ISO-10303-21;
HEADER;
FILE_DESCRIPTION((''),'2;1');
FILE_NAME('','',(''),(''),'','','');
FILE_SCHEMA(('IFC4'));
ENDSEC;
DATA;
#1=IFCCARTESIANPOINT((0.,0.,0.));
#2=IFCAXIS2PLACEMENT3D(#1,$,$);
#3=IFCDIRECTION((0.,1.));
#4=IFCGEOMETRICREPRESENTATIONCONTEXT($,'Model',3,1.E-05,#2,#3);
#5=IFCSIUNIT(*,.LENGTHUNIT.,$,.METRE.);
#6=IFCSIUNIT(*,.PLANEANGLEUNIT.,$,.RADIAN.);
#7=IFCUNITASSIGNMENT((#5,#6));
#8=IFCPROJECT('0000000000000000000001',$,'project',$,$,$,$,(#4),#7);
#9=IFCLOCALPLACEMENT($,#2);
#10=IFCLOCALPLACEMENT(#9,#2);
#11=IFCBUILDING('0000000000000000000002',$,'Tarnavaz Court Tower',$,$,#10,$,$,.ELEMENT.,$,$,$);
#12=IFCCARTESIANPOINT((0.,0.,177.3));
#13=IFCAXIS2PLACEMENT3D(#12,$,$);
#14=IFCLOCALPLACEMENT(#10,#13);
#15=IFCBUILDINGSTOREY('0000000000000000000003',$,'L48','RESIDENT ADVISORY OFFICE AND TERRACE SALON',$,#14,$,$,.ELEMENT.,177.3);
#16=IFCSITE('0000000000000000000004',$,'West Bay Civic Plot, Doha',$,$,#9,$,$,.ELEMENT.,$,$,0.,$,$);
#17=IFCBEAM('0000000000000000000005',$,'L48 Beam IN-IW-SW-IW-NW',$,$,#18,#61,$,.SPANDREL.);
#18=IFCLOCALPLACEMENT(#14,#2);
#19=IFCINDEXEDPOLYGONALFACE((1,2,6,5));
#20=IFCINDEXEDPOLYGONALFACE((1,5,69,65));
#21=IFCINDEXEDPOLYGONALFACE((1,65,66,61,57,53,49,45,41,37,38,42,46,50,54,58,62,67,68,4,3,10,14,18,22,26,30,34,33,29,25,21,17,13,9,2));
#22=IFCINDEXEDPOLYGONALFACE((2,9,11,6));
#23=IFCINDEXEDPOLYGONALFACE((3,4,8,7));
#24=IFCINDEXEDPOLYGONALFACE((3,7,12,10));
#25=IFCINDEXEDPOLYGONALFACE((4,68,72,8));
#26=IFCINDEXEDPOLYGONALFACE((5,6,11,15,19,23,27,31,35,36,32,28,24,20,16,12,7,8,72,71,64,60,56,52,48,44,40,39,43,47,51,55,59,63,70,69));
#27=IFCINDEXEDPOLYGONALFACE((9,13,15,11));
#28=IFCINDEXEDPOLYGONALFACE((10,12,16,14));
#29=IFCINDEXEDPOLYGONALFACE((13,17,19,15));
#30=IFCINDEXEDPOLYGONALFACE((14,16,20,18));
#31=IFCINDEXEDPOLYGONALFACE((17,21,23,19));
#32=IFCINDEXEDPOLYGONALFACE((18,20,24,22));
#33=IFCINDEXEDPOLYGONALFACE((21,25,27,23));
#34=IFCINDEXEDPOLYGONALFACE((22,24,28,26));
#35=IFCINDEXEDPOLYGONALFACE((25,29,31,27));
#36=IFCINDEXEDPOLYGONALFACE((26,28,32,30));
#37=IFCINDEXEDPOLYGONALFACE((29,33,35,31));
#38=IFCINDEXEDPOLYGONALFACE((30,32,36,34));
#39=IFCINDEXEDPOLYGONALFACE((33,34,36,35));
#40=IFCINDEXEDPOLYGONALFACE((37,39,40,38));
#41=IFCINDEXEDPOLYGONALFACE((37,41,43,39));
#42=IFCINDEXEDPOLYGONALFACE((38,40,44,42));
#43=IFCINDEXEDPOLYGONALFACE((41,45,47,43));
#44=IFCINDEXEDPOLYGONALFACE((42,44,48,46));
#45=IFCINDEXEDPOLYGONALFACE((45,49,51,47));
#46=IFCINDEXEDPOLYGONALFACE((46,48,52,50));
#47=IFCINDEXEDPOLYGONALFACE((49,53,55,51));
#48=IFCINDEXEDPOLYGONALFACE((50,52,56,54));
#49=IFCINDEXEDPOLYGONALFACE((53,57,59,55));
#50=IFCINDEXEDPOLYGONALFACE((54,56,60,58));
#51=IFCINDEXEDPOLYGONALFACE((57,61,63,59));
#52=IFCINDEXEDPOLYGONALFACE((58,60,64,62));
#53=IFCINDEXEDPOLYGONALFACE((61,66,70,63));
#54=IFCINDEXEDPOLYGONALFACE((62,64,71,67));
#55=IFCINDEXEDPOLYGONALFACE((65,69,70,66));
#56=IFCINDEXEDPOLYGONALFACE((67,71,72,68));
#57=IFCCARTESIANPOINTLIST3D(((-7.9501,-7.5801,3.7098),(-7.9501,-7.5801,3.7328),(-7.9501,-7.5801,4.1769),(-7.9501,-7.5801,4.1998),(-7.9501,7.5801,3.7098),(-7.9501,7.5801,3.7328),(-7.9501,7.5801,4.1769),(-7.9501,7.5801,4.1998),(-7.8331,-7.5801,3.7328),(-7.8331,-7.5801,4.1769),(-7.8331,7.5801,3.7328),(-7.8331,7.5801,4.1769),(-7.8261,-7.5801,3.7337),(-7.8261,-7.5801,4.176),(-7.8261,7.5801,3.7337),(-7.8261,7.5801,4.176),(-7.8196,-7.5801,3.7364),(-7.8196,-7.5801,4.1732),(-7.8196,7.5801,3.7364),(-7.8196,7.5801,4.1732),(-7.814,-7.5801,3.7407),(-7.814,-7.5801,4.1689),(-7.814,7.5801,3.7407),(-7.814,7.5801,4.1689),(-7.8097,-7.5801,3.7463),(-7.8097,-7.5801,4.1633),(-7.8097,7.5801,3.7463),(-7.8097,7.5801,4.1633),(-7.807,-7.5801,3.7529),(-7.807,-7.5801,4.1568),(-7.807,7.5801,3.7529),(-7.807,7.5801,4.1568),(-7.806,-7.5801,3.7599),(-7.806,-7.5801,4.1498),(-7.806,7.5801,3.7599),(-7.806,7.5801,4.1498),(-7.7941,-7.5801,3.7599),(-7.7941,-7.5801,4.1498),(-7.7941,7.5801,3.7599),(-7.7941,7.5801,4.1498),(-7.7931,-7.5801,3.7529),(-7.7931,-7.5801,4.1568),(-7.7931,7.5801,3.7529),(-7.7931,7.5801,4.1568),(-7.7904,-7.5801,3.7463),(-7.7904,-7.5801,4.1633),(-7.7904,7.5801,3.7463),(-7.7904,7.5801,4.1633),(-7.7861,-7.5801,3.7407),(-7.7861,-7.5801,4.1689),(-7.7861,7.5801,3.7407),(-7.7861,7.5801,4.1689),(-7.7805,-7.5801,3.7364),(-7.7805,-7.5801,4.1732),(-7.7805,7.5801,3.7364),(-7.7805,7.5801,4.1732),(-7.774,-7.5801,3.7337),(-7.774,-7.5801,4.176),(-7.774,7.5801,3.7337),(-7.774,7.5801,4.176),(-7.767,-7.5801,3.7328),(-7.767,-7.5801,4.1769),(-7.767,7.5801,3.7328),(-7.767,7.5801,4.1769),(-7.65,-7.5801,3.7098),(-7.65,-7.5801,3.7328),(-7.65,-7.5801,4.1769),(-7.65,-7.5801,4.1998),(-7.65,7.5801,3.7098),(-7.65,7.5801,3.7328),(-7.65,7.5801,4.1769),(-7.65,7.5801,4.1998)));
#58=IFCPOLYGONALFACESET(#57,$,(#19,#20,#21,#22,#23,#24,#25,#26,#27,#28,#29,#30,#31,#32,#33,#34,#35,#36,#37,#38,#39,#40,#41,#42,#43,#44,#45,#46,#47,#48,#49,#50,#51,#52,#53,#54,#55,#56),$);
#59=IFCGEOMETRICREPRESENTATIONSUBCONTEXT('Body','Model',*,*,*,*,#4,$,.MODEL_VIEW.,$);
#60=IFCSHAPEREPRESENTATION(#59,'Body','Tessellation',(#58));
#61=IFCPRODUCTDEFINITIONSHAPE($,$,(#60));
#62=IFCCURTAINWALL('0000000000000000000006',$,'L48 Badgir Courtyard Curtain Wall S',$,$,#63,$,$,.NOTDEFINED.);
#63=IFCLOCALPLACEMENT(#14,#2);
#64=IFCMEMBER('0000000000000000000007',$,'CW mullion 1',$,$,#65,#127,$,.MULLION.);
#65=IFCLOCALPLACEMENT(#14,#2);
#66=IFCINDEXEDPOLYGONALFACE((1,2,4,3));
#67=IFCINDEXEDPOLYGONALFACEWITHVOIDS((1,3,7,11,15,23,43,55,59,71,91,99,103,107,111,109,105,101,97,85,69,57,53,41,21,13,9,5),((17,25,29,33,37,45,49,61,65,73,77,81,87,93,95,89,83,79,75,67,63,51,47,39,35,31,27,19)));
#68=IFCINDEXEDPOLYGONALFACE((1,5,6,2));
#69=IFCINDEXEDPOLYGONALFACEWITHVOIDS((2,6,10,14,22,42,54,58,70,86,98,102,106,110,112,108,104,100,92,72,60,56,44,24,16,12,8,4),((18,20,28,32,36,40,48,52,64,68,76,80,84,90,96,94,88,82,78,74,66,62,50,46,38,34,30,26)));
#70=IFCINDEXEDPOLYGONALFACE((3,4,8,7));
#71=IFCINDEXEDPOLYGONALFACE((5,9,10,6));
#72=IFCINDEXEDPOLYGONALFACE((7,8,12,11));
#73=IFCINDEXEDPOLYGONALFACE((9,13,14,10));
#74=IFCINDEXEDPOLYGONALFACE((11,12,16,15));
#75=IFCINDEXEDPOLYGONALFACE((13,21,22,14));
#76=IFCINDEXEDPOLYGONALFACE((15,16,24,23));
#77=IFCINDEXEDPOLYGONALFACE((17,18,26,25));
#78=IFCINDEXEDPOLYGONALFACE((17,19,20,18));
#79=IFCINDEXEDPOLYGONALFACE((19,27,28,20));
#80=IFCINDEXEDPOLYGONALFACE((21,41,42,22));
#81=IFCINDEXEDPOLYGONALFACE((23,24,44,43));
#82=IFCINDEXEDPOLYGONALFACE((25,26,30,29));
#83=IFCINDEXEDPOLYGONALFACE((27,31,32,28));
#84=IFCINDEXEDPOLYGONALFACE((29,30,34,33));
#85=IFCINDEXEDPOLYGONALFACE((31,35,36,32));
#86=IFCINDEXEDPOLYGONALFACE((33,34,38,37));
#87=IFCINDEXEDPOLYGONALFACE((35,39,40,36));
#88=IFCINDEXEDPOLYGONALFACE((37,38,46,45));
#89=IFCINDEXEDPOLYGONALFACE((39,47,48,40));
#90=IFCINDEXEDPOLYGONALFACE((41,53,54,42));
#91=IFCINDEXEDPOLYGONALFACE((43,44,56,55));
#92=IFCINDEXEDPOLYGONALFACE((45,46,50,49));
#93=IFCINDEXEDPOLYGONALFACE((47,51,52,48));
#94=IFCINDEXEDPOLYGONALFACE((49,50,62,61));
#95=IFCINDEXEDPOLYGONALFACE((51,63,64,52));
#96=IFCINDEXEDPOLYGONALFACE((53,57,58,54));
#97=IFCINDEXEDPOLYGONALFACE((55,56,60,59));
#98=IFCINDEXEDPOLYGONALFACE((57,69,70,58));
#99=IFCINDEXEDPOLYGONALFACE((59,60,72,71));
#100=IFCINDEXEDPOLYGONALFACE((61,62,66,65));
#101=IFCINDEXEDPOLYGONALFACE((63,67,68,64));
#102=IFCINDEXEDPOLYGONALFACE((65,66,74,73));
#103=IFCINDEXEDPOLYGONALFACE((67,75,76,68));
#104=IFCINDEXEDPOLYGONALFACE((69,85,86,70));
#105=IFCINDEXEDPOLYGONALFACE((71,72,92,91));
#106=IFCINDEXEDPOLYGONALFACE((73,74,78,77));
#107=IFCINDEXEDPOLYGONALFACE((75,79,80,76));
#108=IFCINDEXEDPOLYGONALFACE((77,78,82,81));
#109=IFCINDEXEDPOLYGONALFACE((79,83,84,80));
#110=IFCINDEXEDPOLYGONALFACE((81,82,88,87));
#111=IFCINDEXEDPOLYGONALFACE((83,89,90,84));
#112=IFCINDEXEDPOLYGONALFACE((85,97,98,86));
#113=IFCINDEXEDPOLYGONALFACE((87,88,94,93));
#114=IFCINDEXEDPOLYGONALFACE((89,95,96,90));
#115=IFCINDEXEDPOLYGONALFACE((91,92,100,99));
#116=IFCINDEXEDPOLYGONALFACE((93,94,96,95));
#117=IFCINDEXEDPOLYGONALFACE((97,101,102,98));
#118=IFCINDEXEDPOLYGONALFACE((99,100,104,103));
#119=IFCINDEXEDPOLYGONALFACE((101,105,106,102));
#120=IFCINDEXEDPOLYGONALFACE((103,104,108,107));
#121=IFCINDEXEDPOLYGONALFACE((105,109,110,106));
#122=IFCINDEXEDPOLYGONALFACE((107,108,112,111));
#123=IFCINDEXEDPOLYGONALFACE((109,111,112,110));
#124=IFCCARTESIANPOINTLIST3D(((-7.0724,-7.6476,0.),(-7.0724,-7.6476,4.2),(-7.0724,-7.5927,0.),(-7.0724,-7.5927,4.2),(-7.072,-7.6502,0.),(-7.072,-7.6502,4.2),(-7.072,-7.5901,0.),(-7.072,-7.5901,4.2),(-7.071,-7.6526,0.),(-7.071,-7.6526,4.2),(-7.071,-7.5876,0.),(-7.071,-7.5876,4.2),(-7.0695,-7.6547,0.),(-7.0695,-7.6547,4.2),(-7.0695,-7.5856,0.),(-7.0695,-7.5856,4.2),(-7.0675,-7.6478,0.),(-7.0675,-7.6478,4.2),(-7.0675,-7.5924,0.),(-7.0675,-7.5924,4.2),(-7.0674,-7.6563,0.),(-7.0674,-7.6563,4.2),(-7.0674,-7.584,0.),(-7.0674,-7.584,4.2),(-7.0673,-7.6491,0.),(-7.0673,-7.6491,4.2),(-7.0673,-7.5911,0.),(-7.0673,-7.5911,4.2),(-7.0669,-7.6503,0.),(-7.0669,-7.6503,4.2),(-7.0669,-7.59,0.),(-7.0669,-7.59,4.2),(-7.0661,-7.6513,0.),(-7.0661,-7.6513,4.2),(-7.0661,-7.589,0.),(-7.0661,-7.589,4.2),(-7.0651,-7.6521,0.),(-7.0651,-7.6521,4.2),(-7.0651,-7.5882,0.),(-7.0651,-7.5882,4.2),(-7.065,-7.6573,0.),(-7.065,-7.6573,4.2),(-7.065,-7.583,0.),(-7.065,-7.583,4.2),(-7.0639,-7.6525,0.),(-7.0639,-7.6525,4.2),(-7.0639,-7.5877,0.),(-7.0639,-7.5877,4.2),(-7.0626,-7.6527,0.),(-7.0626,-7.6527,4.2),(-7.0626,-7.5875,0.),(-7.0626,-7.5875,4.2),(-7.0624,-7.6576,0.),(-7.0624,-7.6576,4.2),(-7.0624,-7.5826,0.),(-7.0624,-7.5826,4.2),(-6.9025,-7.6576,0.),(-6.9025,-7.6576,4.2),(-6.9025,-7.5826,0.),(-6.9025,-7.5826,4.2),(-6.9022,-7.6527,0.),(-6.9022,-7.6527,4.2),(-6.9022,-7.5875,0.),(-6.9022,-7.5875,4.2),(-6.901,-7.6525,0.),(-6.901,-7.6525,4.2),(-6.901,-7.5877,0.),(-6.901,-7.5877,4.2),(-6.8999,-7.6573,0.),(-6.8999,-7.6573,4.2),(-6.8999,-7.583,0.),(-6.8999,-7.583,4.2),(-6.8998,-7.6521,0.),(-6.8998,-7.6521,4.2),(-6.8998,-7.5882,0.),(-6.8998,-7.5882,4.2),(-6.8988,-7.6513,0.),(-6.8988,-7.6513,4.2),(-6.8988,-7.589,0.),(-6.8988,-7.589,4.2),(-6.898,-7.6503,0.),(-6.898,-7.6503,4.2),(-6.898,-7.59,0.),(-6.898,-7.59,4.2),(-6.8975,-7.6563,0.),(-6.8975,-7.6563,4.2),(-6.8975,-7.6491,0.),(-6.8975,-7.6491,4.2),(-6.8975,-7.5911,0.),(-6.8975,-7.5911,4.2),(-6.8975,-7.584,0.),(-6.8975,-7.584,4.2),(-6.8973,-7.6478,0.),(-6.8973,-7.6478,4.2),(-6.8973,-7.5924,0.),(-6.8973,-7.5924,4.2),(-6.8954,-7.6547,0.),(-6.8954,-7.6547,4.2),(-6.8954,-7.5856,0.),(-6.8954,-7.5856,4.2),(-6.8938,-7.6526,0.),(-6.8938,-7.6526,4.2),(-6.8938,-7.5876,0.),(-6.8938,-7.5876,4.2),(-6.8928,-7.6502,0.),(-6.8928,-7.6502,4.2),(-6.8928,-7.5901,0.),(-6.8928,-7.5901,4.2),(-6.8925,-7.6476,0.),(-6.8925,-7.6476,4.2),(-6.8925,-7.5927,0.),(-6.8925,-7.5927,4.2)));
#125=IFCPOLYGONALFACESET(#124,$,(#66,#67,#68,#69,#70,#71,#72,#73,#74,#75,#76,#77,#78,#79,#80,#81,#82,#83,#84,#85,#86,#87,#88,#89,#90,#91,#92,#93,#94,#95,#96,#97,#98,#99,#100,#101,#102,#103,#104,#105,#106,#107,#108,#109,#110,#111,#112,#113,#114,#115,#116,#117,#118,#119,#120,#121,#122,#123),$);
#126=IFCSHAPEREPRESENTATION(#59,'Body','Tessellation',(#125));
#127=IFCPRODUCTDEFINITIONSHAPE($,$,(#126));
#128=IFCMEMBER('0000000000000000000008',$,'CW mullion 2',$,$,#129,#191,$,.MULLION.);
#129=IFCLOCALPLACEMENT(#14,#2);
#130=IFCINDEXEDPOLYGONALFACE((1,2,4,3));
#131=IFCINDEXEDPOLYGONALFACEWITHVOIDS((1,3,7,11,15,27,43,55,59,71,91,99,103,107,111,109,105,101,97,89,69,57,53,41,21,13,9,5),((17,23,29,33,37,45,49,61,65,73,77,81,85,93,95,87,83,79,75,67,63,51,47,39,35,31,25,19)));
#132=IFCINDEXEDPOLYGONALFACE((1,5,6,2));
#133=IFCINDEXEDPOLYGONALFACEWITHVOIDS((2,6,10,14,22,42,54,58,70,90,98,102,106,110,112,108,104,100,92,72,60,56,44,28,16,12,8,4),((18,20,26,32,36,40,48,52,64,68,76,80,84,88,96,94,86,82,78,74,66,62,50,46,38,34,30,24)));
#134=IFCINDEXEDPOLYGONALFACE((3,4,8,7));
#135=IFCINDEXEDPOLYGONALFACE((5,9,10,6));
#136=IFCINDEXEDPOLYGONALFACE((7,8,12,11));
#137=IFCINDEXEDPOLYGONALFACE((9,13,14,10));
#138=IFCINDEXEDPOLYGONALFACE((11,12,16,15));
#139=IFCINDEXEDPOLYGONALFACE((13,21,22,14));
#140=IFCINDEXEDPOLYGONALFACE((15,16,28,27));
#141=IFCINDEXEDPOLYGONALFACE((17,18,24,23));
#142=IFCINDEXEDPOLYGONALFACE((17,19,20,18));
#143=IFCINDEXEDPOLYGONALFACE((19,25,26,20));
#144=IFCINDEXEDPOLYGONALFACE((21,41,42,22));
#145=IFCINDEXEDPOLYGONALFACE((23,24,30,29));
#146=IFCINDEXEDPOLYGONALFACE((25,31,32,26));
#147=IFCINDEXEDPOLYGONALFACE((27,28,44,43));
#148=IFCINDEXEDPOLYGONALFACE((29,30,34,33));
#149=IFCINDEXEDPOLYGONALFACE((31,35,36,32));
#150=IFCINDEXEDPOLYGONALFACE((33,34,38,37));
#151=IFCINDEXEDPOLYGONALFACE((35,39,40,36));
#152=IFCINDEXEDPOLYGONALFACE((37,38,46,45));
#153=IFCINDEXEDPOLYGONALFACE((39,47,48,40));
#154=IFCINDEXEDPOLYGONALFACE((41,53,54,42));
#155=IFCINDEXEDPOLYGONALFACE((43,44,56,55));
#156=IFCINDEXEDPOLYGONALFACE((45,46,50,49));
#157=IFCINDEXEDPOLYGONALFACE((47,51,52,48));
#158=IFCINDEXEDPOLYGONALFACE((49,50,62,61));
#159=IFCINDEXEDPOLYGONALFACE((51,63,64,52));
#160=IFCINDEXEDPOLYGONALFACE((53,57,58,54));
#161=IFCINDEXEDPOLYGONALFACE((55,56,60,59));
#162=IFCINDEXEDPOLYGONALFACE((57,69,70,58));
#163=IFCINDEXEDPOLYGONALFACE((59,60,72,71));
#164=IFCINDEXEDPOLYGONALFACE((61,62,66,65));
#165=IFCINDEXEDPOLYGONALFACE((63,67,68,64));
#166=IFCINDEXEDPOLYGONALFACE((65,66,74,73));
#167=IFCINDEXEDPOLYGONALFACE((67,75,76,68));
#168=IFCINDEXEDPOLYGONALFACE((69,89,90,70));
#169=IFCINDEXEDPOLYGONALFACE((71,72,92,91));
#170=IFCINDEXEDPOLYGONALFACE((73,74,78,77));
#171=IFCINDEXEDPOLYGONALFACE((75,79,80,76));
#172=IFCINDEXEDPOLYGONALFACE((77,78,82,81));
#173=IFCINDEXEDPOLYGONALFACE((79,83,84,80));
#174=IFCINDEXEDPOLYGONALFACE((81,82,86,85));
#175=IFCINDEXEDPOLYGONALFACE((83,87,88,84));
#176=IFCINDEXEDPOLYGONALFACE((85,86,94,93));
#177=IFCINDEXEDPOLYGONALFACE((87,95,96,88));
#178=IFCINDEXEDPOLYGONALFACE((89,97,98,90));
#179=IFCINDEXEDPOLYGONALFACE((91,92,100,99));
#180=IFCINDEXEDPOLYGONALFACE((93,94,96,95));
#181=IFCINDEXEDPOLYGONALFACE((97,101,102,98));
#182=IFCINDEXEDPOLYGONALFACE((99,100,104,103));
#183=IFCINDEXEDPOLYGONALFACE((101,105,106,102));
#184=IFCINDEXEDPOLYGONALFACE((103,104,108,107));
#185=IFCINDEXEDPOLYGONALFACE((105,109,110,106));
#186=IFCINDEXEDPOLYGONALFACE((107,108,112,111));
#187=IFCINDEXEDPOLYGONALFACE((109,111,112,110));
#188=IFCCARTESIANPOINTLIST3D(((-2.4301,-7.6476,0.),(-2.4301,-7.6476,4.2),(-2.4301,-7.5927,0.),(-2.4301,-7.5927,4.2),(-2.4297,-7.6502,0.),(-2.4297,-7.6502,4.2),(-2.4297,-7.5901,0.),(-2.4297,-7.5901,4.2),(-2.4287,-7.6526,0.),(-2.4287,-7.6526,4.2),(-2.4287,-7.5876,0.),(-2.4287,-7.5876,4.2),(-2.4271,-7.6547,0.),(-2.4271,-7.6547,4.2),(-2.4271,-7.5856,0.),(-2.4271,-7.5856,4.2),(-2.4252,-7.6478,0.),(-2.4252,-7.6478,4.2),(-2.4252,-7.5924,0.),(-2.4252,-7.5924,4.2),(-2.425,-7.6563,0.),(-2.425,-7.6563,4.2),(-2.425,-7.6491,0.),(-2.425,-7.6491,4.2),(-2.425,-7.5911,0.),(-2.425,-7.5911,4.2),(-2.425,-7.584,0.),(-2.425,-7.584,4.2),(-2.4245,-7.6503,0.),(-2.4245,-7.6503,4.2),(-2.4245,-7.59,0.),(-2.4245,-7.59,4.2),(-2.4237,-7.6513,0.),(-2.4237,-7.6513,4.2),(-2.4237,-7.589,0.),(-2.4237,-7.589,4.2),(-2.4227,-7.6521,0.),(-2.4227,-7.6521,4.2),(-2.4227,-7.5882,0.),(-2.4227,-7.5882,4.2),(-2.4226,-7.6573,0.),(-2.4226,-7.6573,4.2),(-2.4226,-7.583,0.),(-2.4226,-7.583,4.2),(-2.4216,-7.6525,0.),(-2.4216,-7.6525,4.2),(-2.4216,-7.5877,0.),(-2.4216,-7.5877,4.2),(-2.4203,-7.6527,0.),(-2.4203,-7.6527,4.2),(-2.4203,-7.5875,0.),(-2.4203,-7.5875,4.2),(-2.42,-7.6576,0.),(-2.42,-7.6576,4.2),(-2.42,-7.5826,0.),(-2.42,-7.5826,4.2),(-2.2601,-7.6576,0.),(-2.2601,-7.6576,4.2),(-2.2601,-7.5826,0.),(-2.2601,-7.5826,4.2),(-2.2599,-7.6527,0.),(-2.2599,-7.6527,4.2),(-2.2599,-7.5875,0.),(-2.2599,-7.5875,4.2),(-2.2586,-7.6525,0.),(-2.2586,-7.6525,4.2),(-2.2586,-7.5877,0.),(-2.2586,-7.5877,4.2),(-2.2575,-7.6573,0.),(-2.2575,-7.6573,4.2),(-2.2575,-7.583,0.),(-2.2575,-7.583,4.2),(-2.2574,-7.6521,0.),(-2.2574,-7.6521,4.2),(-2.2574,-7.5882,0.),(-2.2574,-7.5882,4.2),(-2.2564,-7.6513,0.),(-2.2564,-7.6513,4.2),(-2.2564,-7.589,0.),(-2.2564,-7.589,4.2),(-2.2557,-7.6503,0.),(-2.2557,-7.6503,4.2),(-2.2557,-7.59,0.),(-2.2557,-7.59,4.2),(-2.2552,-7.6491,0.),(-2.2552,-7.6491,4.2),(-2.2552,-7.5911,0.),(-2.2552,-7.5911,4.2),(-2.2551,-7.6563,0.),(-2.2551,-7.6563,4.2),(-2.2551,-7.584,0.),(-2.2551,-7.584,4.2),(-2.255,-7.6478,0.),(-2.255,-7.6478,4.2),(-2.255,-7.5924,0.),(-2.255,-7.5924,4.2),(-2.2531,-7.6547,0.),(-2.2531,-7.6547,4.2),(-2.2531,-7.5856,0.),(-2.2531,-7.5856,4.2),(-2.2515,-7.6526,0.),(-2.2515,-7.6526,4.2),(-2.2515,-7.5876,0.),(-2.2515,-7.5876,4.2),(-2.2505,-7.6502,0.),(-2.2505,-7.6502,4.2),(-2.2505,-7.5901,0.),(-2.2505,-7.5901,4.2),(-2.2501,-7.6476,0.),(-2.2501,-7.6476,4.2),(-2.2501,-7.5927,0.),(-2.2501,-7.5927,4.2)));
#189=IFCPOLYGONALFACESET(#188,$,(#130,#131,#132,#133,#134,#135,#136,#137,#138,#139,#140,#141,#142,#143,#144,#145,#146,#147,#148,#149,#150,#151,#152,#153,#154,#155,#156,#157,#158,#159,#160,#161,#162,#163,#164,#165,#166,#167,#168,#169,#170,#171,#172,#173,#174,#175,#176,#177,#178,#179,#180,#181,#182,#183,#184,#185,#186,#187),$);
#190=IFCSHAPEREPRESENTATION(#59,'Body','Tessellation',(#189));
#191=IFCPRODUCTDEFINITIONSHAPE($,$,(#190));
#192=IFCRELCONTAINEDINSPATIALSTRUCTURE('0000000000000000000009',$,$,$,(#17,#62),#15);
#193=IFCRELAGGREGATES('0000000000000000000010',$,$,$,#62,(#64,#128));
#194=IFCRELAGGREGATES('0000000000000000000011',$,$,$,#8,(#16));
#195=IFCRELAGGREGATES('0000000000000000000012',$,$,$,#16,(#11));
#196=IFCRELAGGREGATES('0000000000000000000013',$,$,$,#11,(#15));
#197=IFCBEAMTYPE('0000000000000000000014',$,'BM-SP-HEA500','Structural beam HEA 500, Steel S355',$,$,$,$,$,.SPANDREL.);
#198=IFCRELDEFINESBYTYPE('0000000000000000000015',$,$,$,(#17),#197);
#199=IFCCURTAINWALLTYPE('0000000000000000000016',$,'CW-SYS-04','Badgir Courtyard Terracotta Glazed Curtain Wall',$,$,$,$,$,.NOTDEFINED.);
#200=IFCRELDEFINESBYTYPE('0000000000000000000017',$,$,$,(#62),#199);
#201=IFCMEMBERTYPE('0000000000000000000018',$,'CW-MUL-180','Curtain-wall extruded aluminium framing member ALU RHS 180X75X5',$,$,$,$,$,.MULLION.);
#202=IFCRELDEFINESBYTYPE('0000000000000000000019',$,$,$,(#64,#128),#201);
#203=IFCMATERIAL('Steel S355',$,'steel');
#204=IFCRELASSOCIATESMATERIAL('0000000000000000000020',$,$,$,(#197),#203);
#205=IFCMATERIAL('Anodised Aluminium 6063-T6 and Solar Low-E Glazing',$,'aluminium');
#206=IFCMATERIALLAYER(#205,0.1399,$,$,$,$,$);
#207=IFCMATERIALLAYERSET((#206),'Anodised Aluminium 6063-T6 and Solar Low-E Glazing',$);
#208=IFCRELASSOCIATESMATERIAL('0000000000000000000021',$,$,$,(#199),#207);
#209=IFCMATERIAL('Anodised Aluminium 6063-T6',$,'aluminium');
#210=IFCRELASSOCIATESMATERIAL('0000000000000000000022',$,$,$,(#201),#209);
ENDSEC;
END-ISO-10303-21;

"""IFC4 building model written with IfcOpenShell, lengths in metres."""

from ifc_helpers import new_model, si_unit, direction, frame, origin, origin_2d, place, context, subcontext, project, spatial, hollow_rectangle, i_section, extrude, material, layer, layer_set, material_profile, profile_set, type_object, element, aggregate, save


model = new_model("IFC4")

# Units and contexts
model_context = context("Model", 3, precision=1e-05, world=origin(), true_north=direction((0.0, 1.0)))
body_context = subcontext(model_context, "Body", "Model", "MODEL_VIEW")
ifc_project = project(units=[si_unit("LENGTHUNIT", "METRE"), si_unit("PLANEANGLEUNIT", "RADIAN")], contexts=[model_context])

# Site, building, storey
site_placement = place(None, origin())
site = spatial("IfcSite", under=ifc_project, at=site_placement, Name="West Bay Civic Plot, Doha", CompositionType="ELEMENT", RefElevation=0.0)
building_placement = place(site_placement, origin())
building = spatial("IfcBuilding", under=site, at=building_placement, Name="Tarnavaz Court Tower", CompositionType="ELEMENT")
storey_placement = place(building_placement, frame((0.0, 0.0, 177.3)))
storey = spatial("IfcBuildingStorey", under=building, at=storey_placement, Name="L48", Description="RESIDENT ADVISORY OFFICE AND TERRACE SALON", CompositionType="ELEMENT", Elevation=177.3)

# Beam
ifc_material_1 = material(Name="Steel S355", Category="steel")
ifc_material_profile_1 = material_profile(ifc_material_1, i_section(OverallWidth=0.3, OverallDepth=0.49, WebThickness=0.012, FlangeThickness=0.0229, FilletRadius=0.0271, at=origin_2d()), Name="HEA 500")
ifc_profile_set_1 = profile_set([ifc_material_profile_1], Name="Steel S355")
beam_type_1 = type_object("IfcBeamType", Name="BM-SP-HEA500", Description="Structural beam HEA 500, Steel S355", PredefinedType="SPANDREL", material=ifc_profile_set_1)
for number, where, z_axis, x_axis, name in (
    (1, (-7.8, -7.5801, 3.9548), (0.0, 1.0, 0.0), (-1.0, 0.0, 0.0), "L48 Beam IN-IW-SW-IW-NW"),
):
    element("IfcBeam", number, at=place(storey_placement, frame(where, z_axis=z_axis, x_axis=x_axis)), inside=storey, type_object=beam_type_1, Name=name, PredefinedType="SPANDREL", context=body_context, shape_type="SweptSolid", body=[
        extrude(i_section(OverallWidth=0.3, OverallDepth=0.49, WebThickness=0.012, FlangeThickness=0.0229, FilletRadius=0.0271, at=origin_2d()), origin(), (0.0, 0.0, 1.0), 15.1602),
    ])

# Curtain wall, members
ifc_material_2 = material(Name="Anodised Aluminium 6063-T6 and Solar Low-E Glazing", Category="aluminium")
ifc_layer_1 = layer(ifc_material_2, 0.1399)
ifc_layer_set_1 = layer_set([ifc_layer_1], Name="Anodised Aluminium 6063-T6 and Solar Low-E Glazing")
curtain_wall_type = type_object("IfcCurtainWallType", Name="CW-SYS-04", Description="Badgir Courtyard Terracotta Glazed Curtain Wall", PredefinedType="NOTDEFINED", material=ifc_layer_set_1)
curtain_wall_placement = place(storey_placement, origin())
curtain_wall = element("IfcCurtainWall", 2, at=curtain_wall_placement, inside=storey, type_object=curtain_wall_type, Name="L48 Badgir Courtyard Curtain Wall S", PredefinedType="NOTDEFINED")
ifc_material_3 = material(Name="Anodised Aluminium 6063-T6", Category="aluminium")
ifc_material_profile_2 = material_profile(ifc_material_3, hollow_rectangle(XDim=0.075, YDim=0.1799, WallThickness=0.0049, InnerFilletRadius=0.0049, OuterFilletRadius=0.01, at=origin_2d()), Name="ALU RHS 180X75X5")
ifc_profile_set_2 = profile_set([ifc_material_profile_2], Name="Anodised Aluminium 6063-T6")
member_type_1 = type_object("IfcMemberType", Name="CW-MUL-180", Description="Curtain-wall extruded aluminium framing member ALU RHS 180X75X5", PredefinedType="MULLION", material=ifc_profile_set_2)
member_1_placement = place(storey_placement, frame((-6.9824, -7.6201, 0.0), z_axis=(0.0, 0.0, 1.0), x_axis=(0.0, 1.0, 0.0)))
member_1 = element("IfcMember", 3, at=member_1_placement, type_object=member_type_1, Name="CW mullion 1", PredefinedType="MULLION", context=body_context, shape_type="SweptSolid", body=[
    extrude(hollow_rectangle(XDim=0.075, YDim=0.1799, WallThickness=0.0049, InnerFilletRadius=0.0049, OuterFilletRadius=0.01, at=origin_2d()), origin(), (0.0, 0.0, 1.0), 4.2),
])
member_2_placement = place(storey_placement, frame((-2.3401, -7.6201, 0.0), z_axis=(0.0, 0.0, 1.0), x_axis=(0.0, 1.0, 0.0)))
member_2 = element("IfcMember", 4, at=member_2_placement, type_object=member_type_1, Name="CW mullion 2", PredefinedType="MULLION", context=body_context, shape_type="SweptSolid", body=[
    extrude(hollow_rectangle(XDim=0.075, YDim=0.1799, WallThickness=0.0049, InnerFilletRadius=0.0049, OuterFilletRadius=0.01, at=origin_2d()), origin(), (0.0, 0.0, 1.0), 4.2),
])
aggregate(curtain_wall, [member_1, member_2])

save(model, "model.ifc")
